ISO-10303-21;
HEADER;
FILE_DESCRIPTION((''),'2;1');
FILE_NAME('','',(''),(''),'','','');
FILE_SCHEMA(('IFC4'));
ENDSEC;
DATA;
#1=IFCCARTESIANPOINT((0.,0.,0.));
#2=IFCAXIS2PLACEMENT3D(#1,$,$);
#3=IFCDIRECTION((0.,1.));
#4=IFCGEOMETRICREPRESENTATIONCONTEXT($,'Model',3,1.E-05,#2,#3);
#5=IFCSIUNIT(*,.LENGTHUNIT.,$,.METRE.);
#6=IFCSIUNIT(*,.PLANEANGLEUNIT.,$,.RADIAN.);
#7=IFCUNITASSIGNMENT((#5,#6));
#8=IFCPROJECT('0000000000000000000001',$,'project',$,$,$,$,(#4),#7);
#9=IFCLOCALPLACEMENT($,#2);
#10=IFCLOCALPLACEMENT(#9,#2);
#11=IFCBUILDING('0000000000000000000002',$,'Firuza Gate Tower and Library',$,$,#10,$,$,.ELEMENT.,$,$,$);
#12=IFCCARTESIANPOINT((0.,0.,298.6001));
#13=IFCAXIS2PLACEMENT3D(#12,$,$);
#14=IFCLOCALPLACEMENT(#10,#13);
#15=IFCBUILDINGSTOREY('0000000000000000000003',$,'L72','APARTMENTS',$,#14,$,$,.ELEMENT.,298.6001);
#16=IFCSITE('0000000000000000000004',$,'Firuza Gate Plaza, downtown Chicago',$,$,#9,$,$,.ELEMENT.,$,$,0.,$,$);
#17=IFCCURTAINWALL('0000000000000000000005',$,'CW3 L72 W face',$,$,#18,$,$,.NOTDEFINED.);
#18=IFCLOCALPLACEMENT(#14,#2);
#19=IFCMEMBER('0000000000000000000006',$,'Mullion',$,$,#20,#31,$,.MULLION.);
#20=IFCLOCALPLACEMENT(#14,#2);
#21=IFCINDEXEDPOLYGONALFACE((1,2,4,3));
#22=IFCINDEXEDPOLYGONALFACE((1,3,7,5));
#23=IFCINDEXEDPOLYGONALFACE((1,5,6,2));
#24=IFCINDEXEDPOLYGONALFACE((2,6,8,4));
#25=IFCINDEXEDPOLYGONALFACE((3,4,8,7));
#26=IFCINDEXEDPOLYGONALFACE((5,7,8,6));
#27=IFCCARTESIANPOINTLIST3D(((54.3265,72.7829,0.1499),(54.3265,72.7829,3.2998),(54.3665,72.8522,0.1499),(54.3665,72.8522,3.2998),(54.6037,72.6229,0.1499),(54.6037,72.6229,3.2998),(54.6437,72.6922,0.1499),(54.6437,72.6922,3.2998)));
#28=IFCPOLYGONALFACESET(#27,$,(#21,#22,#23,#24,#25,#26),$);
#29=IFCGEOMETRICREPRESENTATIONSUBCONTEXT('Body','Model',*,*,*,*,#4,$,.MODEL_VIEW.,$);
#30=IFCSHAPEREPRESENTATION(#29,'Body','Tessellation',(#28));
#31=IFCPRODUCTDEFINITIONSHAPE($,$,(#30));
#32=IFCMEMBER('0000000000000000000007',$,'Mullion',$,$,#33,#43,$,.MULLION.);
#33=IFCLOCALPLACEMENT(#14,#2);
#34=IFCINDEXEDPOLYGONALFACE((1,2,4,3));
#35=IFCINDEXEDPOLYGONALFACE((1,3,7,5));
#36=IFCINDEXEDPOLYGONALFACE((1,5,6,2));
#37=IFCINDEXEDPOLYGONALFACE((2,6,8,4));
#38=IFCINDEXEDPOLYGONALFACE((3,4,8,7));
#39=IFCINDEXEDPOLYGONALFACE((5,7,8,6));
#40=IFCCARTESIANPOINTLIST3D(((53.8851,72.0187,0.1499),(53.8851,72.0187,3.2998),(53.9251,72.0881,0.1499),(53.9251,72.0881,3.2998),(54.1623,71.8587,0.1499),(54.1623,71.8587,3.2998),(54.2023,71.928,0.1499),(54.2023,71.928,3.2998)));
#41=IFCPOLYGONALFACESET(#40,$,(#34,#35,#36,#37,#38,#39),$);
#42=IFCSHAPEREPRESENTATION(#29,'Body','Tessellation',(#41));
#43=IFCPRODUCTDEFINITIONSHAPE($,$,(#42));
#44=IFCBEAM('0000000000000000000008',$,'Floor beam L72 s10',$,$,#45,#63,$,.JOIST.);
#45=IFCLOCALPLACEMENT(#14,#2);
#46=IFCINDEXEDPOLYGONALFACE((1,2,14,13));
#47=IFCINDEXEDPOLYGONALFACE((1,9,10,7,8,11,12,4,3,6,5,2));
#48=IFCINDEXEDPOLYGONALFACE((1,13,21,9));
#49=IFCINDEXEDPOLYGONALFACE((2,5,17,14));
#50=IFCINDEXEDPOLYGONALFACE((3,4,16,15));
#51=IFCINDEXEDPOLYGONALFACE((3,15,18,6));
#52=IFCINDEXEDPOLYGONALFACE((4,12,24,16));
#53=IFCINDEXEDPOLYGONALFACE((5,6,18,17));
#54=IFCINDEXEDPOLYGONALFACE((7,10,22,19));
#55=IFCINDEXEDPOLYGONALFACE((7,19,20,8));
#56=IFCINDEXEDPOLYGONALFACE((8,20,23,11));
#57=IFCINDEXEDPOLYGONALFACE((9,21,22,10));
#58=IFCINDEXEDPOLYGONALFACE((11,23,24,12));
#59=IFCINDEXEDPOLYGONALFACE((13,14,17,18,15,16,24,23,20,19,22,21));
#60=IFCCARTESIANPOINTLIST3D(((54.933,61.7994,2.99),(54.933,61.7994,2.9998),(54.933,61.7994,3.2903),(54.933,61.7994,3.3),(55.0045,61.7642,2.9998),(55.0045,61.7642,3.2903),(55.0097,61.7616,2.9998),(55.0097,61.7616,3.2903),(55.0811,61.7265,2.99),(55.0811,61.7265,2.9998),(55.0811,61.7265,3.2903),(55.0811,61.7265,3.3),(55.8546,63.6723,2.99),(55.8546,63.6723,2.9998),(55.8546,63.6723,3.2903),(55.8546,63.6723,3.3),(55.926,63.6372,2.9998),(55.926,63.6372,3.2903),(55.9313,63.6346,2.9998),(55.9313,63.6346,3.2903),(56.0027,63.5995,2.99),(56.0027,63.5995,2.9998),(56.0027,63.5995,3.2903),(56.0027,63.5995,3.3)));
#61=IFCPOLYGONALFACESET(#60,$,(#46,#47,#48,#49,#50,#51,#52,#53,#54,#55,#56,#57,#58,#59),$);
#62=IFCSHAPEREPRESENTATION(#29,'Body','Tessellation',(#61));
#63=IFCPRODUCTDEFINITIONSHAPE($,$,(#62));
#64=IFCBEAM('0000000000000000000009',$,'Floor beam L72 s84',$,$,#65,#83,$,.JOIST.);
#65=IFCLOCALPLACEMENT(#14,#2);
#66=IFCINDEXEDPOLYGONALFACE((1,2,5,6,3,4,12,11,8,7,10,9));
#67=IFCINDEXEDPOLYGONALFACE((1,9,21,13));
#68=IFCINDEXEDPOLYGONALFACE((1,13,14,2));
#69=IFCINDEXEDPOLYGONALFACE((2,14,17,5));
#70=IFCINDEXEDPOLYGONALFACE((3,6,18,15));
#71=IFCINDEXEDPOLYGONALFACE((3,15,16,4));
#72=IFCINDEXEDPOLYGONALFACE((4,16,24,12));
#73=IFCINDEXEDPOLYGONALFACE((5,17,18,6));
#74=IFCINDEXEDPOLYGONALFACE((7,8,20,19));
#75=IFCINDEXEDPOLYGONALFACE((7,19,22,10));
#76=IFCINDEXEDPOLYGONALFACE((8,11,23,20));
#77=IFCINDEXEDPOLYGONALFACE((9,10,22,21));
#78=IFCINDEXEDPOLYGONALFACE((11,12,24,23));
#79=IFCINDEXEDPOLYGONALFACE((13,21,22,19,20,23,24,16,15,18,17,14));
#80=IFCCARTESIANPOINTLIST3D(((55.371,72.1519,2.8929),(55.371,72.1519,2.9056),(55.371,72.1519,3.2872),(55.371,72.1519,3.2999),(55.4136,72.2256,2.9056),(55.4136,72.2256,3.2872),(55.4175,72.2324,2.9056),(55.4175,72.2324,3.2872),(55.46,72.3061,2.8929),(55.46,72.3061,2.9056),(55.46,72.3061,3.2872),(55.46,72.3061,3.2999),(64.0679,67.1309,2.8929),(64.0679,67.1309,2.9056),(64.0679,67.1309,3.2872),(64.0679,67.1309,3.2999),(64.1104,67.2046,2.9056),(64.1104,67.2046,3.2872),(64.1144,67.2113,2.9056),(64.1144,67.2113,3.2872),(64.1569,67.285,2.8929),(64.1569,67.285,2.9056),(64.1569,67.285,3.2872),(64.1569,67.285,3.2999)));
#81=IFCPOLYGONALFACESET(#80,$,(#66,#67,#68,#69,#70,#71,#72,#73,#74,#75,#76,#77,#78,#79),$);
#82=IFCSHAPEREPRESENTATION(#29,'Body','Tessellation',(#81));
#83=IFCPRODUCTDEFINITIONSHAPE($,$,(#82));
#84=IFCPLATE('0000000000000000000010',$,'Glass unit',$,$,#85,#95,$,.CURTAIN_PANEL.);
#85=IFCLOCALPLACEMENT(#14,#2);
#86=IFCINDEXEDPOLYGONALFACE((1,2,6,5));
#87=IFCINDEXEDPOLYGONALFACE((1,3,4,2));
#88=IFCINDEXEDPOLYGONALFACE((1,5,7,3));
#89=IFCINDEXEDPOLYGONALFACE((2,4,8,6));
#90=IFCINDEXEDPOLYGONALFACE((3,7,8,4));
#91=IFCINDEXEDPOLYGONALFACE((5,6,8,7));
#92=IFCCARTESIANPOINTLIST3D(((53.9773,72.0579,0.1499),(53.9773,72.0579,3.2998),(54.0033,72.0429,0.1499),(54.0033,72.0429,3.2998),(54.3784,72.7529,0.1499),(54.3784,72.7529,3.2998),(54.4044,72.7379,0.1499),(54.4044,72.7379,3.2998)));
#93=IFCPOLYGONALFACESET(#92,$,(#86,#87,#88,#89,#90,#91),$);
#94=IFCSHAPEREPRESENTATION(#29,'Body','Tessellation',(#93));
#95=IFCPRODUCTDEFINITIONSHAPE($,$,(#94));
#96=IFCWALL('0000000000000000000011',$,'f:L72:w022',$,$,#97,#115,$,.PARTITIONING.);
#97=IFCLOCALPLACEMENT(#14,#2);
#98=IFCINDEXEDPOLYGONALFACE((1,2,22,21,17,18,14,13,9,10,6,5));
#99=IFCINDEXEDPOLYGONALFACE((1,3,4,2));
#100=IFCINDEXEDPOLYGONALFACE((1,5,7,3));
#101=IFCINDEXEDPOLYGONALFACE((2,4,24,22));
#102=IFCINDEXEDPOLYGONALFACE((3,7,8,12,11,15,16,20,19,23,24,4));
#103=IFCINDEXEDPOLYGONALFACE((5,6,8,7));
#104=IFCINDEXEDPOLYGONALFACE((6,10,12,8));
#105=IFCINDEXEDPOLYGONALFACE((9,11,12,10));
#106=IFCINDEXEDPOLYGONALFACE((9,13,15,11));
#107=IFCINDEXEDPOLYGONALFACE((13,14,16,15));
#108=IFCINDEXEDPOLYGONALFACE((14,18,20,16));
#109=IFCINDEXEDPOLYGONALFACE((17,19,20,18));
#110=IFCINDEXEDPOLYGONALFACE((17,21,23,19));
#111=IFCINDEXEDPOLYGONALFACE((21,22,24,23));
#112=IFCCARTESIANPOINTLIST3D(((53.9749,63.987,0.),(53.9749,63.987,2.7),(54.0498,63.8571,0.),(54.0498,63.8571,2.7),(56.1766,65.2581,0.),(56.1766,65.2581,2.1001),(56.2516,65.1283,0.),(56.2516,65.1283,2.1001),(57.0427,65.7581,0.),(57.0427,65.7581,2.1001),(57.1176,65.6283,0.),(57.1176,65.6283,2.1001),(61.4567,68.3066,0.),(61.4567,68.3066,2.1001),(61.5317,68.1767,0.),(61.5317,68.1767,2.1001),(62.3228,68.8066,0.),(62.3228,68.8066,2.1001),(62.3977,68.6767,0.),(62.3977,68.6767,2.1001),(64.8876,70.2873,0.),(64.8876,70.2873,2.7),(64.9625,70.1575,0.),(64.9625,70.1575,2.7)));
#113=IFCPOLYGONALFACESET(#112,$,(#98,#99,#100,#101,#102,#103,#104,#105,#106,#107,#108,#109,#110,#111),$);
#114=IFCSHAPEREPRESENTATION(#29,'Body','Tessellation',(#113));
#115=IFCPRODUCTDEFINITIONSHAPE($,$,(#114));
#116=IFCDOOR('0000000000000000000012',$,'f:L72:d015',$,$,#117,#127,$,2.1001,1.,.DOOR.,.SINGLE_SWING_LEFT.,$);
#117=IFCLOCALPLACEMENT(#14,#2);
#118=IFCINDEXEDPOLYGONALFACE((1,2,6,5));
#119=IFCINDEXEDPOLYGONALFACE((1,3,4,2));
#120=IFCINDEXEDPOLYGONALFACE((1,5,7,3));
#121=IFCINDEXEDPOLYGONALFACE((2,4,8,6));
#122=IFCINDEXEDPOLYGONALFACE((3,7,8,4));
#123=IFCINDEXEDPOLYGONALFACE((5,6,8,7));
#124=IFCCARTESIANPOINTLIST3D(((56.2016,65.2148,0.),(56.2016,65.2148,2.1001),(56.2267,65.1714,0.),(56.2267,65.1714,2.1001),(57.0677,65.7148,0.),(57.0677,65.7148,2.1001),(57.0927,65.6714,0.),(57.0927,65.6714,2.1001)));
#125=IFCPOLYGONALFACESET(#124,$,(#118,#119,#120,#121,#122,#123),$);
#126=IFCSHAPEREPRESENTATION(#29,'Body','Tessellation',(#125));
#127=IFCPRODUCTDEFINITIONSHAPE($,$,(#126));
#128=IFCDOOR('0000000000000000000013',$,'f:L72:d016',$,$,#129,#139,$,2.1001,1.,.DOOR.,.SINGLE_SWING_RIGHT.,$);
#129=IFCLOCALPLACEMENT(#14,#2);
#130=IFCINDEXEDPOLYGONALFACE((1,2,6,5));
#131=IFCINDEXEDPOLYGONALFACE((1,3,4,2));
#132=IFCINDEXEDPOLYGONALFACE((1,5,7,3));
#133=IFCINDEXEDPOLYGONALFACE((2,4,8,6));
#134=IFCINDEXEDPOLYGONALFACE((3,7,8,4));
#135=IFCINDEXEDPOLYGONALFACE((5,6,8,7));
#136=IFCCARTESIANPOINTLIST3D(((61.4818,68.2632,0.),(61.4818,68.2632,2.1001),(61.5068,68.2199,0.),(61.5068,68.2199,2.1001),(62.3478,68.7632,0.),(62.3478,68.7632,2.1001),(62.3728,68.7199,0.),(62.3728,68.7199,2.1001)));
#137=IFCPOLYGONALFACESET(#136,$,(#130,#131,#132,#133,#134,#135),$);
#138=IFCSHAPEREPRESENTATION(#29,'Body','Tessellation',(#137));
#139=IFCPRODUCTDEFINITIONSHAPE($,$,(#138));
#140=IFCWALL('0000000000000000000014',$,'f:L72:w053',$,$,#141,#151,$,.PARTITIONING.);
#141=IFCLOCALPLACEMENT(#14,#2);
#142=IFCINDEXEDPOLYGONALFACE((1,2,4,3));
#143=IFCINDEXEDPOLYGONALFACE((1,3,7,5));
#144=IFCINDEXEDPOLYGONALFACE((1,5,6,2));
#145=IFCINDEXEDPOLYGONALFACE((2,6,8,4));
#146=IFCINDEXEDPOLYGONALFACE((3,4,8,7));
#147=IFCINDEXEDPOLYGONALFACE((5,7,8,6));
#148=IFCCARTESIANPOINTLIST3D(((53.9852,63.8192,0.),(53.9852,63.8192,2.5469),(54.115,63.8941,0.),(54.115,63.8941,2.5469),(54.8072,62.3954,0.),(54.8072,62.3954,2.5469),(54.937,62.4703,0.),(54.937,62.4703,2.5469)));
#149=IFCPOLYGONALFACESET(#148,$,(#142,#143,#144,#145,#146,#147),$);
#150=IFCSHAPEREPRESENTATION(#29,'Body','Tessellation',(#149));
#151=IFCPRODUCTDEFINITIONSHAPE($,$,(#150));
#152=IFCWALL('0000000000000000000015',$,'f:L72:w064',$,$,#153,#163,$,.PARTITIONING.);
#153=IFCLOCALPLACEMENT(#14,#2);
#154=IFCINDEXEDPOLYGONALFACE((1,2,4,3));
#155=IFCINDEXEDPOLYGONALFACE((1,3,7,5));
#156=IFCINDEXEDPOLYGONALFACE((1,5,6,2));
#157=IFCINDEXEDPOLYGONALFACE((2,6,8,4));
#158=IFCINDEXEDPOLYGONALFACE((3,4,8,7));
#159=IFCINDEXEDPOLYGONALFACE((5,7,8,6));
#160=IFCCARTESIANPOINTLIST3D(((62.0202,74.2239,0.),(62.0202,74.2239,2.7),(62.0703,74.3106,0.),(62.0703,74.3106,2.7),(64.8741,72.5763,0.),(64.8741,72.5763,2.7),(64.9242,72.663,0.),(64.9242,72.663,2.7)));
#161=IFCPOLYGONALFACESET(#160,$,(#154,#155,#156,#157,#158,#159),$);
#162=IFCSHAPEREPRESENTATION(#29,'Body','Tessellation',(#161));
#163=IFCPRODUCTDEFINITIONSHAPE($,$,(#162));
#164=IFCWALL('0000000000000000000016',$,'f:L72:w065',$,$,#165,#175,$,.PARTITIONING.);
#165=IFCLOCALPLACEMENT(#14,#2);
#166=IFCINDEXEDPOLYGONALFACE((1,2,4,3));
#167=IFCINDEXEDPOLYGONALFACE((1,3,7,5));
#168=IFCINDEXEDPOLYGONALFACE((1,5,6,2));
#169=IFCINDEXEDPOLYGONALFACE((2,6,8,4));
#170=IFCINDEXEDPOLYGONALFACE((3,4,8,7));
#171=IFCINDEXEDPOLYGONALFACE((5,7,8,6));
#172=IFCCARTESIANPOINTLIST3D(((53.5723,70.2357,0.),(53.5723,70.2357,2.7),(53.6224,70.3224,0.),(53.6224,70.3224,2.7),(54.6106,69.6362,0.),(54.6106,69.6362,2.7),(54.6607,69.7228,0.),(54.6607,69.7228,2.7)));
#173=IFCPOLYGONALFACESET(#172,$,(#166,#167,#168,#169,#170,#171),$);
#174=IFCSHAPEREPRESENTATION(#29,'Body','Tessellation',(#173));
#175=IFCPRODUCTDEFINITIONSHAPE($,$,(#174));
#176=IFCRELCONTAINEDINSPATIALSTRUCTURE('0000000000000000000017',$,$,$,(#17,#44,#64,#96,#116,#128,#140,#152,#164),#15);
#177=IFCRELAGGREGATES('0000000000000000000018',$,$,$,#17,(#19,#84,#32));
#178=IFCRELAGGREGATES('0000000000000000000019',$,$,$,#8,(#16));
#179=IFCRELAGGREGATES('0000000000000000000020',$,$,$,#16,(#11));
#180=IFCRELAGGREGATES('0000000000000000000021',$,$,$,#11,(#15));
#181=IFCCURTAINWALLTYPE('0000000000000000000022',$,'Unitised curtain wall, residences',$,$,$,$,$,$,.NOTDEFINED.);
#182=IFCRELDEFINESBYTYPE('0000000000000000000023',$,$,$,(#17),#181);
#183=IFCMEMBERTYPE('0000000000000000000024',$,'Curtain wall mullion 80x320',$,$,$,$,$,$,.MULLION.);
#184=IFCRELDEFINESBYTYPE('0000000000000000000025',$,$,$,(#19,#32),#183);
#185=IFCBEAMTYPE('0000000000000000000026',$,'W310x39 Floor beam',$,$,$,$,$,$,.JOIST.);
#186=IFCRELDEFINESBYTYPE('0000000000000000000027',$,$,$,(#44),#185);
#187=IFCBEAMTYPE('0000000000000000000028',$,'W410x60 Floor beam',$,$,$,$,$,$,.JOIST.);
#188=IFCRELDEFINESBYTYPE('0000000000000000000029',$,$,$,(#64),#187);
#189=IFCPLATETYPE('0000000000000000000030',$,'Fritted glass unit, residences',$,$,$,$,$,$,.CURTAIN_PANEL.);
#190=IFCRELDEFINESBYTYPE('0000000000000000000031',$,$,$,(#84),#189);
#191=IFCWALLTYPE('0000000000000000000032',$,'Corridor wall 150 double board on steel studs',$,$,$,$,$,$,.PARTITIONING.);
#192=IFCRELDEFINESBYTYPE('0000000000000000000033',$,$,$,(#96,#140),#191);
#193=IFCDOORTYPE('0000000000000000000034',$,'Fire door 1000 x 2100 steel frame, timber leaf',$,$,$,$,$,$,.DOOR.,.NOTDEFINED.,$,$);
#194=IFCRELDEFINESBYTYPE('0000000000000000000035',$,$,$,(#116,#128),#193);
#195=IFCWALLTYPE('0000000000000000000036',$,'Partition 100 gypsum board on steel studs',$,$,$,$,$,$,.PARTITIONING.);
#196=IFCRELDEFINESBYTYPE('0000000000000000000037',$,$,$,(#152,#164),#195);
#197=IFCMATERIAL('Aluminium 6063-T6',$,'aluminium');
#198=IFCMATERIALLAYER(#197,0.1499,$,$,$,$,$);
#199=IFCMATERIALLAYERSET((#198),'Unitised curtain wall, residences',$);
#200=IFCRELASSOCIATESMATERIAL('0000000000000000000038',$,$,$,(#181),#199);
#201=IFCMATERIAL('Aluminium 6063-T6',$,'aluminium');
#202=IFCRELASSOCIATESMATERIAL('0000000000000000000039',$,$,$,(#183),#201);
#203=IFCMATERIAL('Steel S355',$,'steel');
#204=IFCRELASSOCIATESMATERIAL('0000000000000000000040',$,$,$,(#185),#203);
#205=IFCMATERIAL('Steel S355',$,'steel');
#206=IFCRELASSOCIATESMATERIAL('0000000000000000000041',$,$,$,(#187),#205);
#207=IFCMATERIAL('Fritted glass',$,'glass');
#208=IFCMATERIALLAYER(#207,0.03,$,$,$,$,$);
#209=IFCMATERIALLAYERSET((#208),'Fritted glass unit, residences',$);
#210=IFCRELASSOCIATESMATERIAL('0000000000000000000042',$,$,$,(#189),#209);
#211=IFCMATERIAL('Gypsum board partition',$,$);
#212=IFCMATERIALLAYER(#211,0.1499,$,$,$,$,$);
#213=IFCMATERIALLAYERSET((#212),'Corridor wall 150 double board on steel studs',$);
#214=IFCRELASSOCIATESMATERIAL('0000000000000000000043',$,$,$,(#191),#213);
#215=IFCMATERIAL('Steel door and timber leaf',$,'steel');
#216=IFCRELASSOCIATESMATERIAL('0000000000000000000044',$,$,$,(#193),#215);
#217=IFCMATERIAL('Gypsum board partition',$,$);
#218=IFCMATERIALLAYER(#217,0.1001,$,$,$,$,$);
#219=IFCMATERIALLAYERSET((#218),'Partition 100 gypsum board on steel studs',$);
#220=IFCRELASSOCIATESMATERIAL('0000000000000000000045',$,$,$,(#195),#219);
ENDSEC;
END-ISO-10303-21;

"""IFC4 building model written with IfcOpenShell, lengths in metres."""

from ifc_helpers import new_model, si_unit, direction, frame, frame_2d, origin, origin_2d, place, context, subcontext, project, spatial, polyline, rectangle, i_section, outline, extrude, material, layer, layer_set, material_profile, profile_set, type_object, element, fill, aggregate, save


model = new_model("IFC4")

# Units and contexts
model_context = context("Model", 3, precision=1e-05, world=origin(), true_north=direction((0.0, 1.0)))
body_context = subcontext(model_context, "Body", "Model", "MODEL_VIEW")
ifc_project = project(units=[si_unit("LENGTHUNIT", "METRE"), si_unit("PLANEANGLEUNIT", "RADIAN")], contexts=[model_context])

# Site, building, storey
site_placement = place(None, origin())
site = spatial("IfcSite", under=ifc_project, at=site_placement, Name="Firuza Gate Plaza, downtown Chicago", CompositionType="ELEMENT", RefElevation=0.0)
building_placement = place(site_placement, origin())
building = spatial("IfcBuilding", under=site, at=building_placement, Name="Firuza Gate Tower and Library", CompositionType="ELEMENT")
storey_placement = place(building_placement, frame((0.0, 0.0, 298.6001)))
storey = spatial("IfcBuildingStorey", under=building, at=storey_placement, Name="L72", Description="APARTMENTS", CompositionType="ELEMENT", Elevation=298.6001)

# Curtain wall, members
ifc_material_1 = material(Name="Aluminium 6063-T6", Category="aluminium")
ifc_layer_1 = layer(ifc_material_1, 0.1499)
ifc_layer_set_1 = layer_set([ifc_layer_1], Name="Unitised curtain wall, residences")
curtain_wall_type = type_object("IfcCurtainWallType", Name="Unitised curtain wall, residences", PredefinedType="NOTDEFINED", material=ifc_layer_set_1)
curtain_wall_placement = place(storey_placement, origin())
curtain_wall = element("IfcCurtainWall", 1, at=curtain_wall_placement, inside=storey, type_object=curtain_wall_type, Name="CW3 L72 W face", PredefinedType="NOTDEFINED")
ifc_material_2 = material(Name="Aluminium 6063-T6", Category="aluminium")
ifc_material_profile_1 = material_profile(ifc_material_2, rectangle(XDim=0.3201, YDim=0.0801, at=origin_2d()))
ifc_profile_set_1 = profile_set([ifc_material_profile_1], Name="Aluminium 6063-T6")
member_type = type_object("IfcMemberType", Name="Curtain wall mullion 80x320", PredefinedType="MULLION", material=ifc_profile_set_1)
member_1_placement = place(storey_placement, frame((54.4851, 72.7375, 0.1499), z_axis=(0.0, 0.0, 1.0), x_axis=(0.866025, -0.5, 0.0)))
member_1 = element("IfcMember", 2, at=member_1_placement, type_object=member_type, Name="Mullion", PredefinedType="MULLION", context=body_context, shape_type="SweptSolid", body=[
    extrude(rectangle(XDim=0.3201, YDim=0.0801, at=origin_2d()), origin(), (0.0, 0.0, 1.0), 3.1499),
])
member_2_placement = place(storey_placement, frame((54.0437, 71.9734, 0.1499), z_axis=(0.0, 0.0, 1.0), x_axis=(0.866025, -0.5, 0.0)))
member_2 = element("IfcMember", 3, at=member_2_placement, type_object=member_type, Name="Mullion", PredefinedType="MULLION", context=body_context, shape_type="SweptSolid", body=[
    extrude(rectangle(XDim=0.3201, YDim=0.0801, at=origin_2d()), origin(), (0.0, 0.0, 1.0), 3.1499),
])

# Beams
ifc_material_3 = material(Name="Steel S355", Category="steel")
ifc_material_profile_2 = material_profile(ifc_material_3, i_section(OverallWidth=0.165, OverallDepth=0.3101, WebThickness=0.0059, FlangeThickness=0.0098, at=origin_2d()))
ifc_profile_set_2 = profile_set([ifc_material_profile_2], Name="Steel S355")
beam_type_1 = type_object("IfcBeamType", Name="W310x39 Floor beam", PredefinedType="JOIST", material=ifc_profile_set_2)
beam_1_placement = place(storey_placement, frame((55.0071, 61.7629, 3.145), z_axis=(0.441497, 0.897263, 0.0), x_axis=(-0.897263, 0.441497, 0.0)))
element("IfcBeam", 4, at=beam_1_placement, inside=storey, type_object=beam_type_1, Name="Floor beam L72 s10", PredefinedType="JOIST", context=body_context, shape_type="SweptSolid", body=[
    extrude(i_section(OverallWidth=0.165, OverallDepth=0.3101, WebThickness=0.0059, FlangeThickness=0.0098, at=origin_2d()), origin(), (0.0, 0.0, 1.0), 2.0874),
])
ifc_material_4 = material(Name="Steel S355", Category="steel")
ifc_material_profile_3 = material_profile(ifc_material_4, i_section(OverallWidth=0.178, OverallDepth=0.407, WebThickness=0.0078, FlangeThickness=0.0127, at=origin_2d()))
ifc_profile_set_3 = profile_set([ifc_material_profile_3], Name="Steel S355")
beam_type_2 = type_object("IfcBeamType", Name="W410x60 Floor beam", PredefinedType="JOIST", material=ifc_profile_set_3)
beam_2_placement = place(storey_placement, frame((55.4155, 72.229, 3.0964), z_axis=(0.866029, -0.499993, 0.0), x_axis=(0.499993, 0.866029, 0.0)))
element("IfcBeam", 5, at=beam_2_placement, inside=storey, type_object=beam_type_2, Name="Floor beam L72 s84", PredefinedType="JOIST", context=body_context, shape_type="SweptSolid", body=[
    extrude(i_section(OverallWidth=0.178, OverallDepth=0.407, WebThickness=0.0078, FlangeThickness=0.0127, at=origin_2d()), origin(), (0.0, 0.0, 1.0), 10.0422),
])

# Plate
ifc_material_5 = material(Name="Fritted glass", Category="glass")
ifc_layer_2 = layer(ifc_material_5, 0.03)
ifc_layer_set_2 = layer_set([ifc_layer_2], Name="Fritted glass unit, residences")
plate_type = type_object("IfcPlateType", Name="Fritted glass unit, residences", PredefinedType="CURTAIN_PANEL", material=ifc_layer_set_2)
plate_placement = place(storey_placement, frame((54.3784, 72.7529, 0.1499), z_axis=(-0.86612, 0.499837, 0.0), x_axis=(-0.499837, -0.86612, 0.0)))
plate = element("IfcPlate", 6, at=plate_placement, type_object=plate_type, Name="Glass unit", PredefinedType="CURTAIN_PANEL", context=body_context, shape_type="SweptSolid", body=[
    extrude(outline(polyline([(0.0, 0.0), (0.8025, 0.0), (0.8025, 3.1499), (0.0, 3.1499), (0.0, 0.0)])), origin(), (0.0, 0.0, -1.0), 0.03),
])
aggregate(curtain_wall, [member_1, plate, member_2])

# Wall, openings, doors
ifc_material_6 = material(Name="Gypsum board partition")
ifc_layer_3 = layer(ifc_material_6, 0.1499)
ifc_layer_set_3 = layer_set([ifc_layer_3], Name="Corridor wall 150 double board on steel studs")
wall_type_1 = type_object("IfcWallType", Name="Corridor wall 150 double board on steel studs", PredefinedType="PARTITIONING", material=ifc_layer_set_3)
wall_1_placement = place(storey_placement, frame((54.0125, 63.9221, 0.0), z_axis=(0.0, 0.0, 1.0), x_axis=(0.866029, 0.499994, 0.0)))
wall_1 = element("IfcWall", 7, at=wall_1_placement, inside=storey, type_object=wall_type_1, Name="f:L72:w022", PredefinedType="PARTITIONING", context=body_context, shape_type="SweptSolid", body=[
    extrude(rectangle(XDim=12.6008, YDim=0.1499, at=frame_2d((6.3003, 0.0))), origin(), (0.0, 0.0, 1.0), 2.7),
])
opening_1_placement = place(wall_1_placement, frame((2.5422, 0.0, 0.0)))
opening_1 = element("IfcOpeningElement", 8, at=opening_1_placement, cuts=wall_1, PredefinedType="OPENING", context=body_context, shape_type="SweptSolid", body=[
    extrude(rectangle(XDim=1.0, YDim=2.1001, at=frame_2d((0.5, 1.05))), frame((0.0, 0.085, 0.0), z_axis=(0.0, -1.0, 0.0), x_axis=(1.0, 0.0, 0.0)), (0.0, 0.0, 1.0), 0.1699),
])
opening_2_placement = place(wall_1_placement, frame((8.6392, 0.0, 0.0)))
opening_2 = element("IfcOpeningElement", 9, at=opening_2_placement, cuts=wall_1, PredefinedType="OPENING", context=body_context, shape_type="SweptSolid", body=[
    extrude(rectangle(XDim=1.0, YDim=2.1001, at=frame_2d((0.5, 1.05))), frame((0.0, 0.085, 0.0), z_axis=(0.0, -1.0, 0.0), x_axis=(1.0, 0.0, 0.0)), (0.0, 0.0, 1.0), 0.1699),
])
ifc_material_7 = material(Name="Steel door and timber leaf", Category="steel")
door_type_1 = type_object("IfcDoorType", Name="Fire door 1000 x 2100 steel frame, timber leaf", OperationType="NOTDEFINED", PredefinedType="DOOR", material=ifc_material_7)
door_1_placement = place(opening_1_placement, origin())
door_1 = element("IfcDoor", 10, at=door_1_placement, inside=storey, type_object=door_type_1, Name="f:L72:d015", OperationType="SINGLE_SWING_LEFT", OverallHeight=2.1001, OverallWidth=1.0, PredefinedType="DOOR", context=body_context, shape_type="SweptSolid", body=[
    extrude(rectangle(XDim=1.0, YDim=2.1001, at=frame_2d((0.5, 1.05))), frame((0.0, 0.0249, 0.0), z_axis=(0.0, -1.0, 0.0), x_axis=(1.0, 0.0, 0.0)), (0.0, 0.0, 1.0), 0.05),
])
fill(opening_1, door_1)
door_2_placement = place(opening_2_placement, origin())
door_2 = element("IfcDoor", 11, at=door_2_placement, inside=storey, type_object=door_type_1, Name="f:L72:d016", OperationType="SINGLE_SWING_RIGHT", OverallHeight=2.1001, OverallWidth=1.0, PredefinedType="DOOR", context=body_context, shape_type="SweptSolid", body=[
    extrude(rectangle(XDim=1.0, YDim=2.1001, at=frame_2d((0.5, 1.05))), frame((0.0, 0.0249, 0.0), z_axis=(0.0, -1.0, 0.0), x_axis=(1.0, 0.0, 0.0)), (0.0, 0.0, 1.0), 0.05),
])
fill(opening_2, door_2)

# Walls
wall_2_placement = place(storey_placement, frame((54.8721, 62.4329, 0.0), z_axis=(0.0, 0.0, 1.0), x_axis=(-0.499988, 0.866032, 0.0)))
element("IfcWall", 12, at=wall_2_placement, inside=storey, type_object=wall_type_1, Name="f:L72:w053", PredefinedType="PARTITIONING", context=body_context, shape_type="SweptSolid", body=[
    extrude(rectangle(XDim=1.644, YDim=0.1499, at=frame_2d((0.822, 0.0))), origin(), (0.0, 0.0, 1.0), 2.5469),
])
ifc_material_8 = material(Name="Gypsum board partition")
ifc_layer_4 = layer(ifc_material_8, 0.1001)
ifc_layer_set_4 = layer_set([ifc_layer_4], Name="Partition 100 gypsum board on steel studs")
wall_type_2 = type_object("IfcWallType", Name="Partition 100 gypsum board on steel studs", PredefinedType="PARTITIONING", material=ifc_layer_set_4)
wall_3_placement = place(storey_placement, frame((64.8992, 72.6196, 0.0), z_axis=(0.0, 0.0, 1.0), x_axis=(-0.866033, 0.499988, 0.0)))
element("IfcWall", 13, at=wall_3_placement, inside=storey, type_object=wall_type_2, Name="f:L72:w064", PredefinedType="PARTITIONING", context=body_context, shape_type="SweptSolid", body=[
    extrude(rectangle(XDim=3.2954, YDim=0.1001, at=frame_2d((1.6477, 0.0))), origin(), (0.0, 0.0, 1.0), 2.7),
])
wall_4_placement = place(storey_placement, frame((54.6357, 69.6794, 0.0), z_axis=(0.0, 0.0, 1.0), x_axis=(-0.865979, 0.500081, 0.0)))
element("IfcWall", 14, at=wall_4_placement, inside=storey, type_object=wall_type_2, Name="f:L72:w065", PredefinedType="PARTITIONING", context=body_context, shape_type="SweptSolid", body=[
    extrude(rectangle(XDim=1.199, YDim=0.1001, at=frame_2d((0.5996, 0.0))), origin(), (0.0, 0.0, 1.0), 2.7),
])

save(model, "model.ifc")
